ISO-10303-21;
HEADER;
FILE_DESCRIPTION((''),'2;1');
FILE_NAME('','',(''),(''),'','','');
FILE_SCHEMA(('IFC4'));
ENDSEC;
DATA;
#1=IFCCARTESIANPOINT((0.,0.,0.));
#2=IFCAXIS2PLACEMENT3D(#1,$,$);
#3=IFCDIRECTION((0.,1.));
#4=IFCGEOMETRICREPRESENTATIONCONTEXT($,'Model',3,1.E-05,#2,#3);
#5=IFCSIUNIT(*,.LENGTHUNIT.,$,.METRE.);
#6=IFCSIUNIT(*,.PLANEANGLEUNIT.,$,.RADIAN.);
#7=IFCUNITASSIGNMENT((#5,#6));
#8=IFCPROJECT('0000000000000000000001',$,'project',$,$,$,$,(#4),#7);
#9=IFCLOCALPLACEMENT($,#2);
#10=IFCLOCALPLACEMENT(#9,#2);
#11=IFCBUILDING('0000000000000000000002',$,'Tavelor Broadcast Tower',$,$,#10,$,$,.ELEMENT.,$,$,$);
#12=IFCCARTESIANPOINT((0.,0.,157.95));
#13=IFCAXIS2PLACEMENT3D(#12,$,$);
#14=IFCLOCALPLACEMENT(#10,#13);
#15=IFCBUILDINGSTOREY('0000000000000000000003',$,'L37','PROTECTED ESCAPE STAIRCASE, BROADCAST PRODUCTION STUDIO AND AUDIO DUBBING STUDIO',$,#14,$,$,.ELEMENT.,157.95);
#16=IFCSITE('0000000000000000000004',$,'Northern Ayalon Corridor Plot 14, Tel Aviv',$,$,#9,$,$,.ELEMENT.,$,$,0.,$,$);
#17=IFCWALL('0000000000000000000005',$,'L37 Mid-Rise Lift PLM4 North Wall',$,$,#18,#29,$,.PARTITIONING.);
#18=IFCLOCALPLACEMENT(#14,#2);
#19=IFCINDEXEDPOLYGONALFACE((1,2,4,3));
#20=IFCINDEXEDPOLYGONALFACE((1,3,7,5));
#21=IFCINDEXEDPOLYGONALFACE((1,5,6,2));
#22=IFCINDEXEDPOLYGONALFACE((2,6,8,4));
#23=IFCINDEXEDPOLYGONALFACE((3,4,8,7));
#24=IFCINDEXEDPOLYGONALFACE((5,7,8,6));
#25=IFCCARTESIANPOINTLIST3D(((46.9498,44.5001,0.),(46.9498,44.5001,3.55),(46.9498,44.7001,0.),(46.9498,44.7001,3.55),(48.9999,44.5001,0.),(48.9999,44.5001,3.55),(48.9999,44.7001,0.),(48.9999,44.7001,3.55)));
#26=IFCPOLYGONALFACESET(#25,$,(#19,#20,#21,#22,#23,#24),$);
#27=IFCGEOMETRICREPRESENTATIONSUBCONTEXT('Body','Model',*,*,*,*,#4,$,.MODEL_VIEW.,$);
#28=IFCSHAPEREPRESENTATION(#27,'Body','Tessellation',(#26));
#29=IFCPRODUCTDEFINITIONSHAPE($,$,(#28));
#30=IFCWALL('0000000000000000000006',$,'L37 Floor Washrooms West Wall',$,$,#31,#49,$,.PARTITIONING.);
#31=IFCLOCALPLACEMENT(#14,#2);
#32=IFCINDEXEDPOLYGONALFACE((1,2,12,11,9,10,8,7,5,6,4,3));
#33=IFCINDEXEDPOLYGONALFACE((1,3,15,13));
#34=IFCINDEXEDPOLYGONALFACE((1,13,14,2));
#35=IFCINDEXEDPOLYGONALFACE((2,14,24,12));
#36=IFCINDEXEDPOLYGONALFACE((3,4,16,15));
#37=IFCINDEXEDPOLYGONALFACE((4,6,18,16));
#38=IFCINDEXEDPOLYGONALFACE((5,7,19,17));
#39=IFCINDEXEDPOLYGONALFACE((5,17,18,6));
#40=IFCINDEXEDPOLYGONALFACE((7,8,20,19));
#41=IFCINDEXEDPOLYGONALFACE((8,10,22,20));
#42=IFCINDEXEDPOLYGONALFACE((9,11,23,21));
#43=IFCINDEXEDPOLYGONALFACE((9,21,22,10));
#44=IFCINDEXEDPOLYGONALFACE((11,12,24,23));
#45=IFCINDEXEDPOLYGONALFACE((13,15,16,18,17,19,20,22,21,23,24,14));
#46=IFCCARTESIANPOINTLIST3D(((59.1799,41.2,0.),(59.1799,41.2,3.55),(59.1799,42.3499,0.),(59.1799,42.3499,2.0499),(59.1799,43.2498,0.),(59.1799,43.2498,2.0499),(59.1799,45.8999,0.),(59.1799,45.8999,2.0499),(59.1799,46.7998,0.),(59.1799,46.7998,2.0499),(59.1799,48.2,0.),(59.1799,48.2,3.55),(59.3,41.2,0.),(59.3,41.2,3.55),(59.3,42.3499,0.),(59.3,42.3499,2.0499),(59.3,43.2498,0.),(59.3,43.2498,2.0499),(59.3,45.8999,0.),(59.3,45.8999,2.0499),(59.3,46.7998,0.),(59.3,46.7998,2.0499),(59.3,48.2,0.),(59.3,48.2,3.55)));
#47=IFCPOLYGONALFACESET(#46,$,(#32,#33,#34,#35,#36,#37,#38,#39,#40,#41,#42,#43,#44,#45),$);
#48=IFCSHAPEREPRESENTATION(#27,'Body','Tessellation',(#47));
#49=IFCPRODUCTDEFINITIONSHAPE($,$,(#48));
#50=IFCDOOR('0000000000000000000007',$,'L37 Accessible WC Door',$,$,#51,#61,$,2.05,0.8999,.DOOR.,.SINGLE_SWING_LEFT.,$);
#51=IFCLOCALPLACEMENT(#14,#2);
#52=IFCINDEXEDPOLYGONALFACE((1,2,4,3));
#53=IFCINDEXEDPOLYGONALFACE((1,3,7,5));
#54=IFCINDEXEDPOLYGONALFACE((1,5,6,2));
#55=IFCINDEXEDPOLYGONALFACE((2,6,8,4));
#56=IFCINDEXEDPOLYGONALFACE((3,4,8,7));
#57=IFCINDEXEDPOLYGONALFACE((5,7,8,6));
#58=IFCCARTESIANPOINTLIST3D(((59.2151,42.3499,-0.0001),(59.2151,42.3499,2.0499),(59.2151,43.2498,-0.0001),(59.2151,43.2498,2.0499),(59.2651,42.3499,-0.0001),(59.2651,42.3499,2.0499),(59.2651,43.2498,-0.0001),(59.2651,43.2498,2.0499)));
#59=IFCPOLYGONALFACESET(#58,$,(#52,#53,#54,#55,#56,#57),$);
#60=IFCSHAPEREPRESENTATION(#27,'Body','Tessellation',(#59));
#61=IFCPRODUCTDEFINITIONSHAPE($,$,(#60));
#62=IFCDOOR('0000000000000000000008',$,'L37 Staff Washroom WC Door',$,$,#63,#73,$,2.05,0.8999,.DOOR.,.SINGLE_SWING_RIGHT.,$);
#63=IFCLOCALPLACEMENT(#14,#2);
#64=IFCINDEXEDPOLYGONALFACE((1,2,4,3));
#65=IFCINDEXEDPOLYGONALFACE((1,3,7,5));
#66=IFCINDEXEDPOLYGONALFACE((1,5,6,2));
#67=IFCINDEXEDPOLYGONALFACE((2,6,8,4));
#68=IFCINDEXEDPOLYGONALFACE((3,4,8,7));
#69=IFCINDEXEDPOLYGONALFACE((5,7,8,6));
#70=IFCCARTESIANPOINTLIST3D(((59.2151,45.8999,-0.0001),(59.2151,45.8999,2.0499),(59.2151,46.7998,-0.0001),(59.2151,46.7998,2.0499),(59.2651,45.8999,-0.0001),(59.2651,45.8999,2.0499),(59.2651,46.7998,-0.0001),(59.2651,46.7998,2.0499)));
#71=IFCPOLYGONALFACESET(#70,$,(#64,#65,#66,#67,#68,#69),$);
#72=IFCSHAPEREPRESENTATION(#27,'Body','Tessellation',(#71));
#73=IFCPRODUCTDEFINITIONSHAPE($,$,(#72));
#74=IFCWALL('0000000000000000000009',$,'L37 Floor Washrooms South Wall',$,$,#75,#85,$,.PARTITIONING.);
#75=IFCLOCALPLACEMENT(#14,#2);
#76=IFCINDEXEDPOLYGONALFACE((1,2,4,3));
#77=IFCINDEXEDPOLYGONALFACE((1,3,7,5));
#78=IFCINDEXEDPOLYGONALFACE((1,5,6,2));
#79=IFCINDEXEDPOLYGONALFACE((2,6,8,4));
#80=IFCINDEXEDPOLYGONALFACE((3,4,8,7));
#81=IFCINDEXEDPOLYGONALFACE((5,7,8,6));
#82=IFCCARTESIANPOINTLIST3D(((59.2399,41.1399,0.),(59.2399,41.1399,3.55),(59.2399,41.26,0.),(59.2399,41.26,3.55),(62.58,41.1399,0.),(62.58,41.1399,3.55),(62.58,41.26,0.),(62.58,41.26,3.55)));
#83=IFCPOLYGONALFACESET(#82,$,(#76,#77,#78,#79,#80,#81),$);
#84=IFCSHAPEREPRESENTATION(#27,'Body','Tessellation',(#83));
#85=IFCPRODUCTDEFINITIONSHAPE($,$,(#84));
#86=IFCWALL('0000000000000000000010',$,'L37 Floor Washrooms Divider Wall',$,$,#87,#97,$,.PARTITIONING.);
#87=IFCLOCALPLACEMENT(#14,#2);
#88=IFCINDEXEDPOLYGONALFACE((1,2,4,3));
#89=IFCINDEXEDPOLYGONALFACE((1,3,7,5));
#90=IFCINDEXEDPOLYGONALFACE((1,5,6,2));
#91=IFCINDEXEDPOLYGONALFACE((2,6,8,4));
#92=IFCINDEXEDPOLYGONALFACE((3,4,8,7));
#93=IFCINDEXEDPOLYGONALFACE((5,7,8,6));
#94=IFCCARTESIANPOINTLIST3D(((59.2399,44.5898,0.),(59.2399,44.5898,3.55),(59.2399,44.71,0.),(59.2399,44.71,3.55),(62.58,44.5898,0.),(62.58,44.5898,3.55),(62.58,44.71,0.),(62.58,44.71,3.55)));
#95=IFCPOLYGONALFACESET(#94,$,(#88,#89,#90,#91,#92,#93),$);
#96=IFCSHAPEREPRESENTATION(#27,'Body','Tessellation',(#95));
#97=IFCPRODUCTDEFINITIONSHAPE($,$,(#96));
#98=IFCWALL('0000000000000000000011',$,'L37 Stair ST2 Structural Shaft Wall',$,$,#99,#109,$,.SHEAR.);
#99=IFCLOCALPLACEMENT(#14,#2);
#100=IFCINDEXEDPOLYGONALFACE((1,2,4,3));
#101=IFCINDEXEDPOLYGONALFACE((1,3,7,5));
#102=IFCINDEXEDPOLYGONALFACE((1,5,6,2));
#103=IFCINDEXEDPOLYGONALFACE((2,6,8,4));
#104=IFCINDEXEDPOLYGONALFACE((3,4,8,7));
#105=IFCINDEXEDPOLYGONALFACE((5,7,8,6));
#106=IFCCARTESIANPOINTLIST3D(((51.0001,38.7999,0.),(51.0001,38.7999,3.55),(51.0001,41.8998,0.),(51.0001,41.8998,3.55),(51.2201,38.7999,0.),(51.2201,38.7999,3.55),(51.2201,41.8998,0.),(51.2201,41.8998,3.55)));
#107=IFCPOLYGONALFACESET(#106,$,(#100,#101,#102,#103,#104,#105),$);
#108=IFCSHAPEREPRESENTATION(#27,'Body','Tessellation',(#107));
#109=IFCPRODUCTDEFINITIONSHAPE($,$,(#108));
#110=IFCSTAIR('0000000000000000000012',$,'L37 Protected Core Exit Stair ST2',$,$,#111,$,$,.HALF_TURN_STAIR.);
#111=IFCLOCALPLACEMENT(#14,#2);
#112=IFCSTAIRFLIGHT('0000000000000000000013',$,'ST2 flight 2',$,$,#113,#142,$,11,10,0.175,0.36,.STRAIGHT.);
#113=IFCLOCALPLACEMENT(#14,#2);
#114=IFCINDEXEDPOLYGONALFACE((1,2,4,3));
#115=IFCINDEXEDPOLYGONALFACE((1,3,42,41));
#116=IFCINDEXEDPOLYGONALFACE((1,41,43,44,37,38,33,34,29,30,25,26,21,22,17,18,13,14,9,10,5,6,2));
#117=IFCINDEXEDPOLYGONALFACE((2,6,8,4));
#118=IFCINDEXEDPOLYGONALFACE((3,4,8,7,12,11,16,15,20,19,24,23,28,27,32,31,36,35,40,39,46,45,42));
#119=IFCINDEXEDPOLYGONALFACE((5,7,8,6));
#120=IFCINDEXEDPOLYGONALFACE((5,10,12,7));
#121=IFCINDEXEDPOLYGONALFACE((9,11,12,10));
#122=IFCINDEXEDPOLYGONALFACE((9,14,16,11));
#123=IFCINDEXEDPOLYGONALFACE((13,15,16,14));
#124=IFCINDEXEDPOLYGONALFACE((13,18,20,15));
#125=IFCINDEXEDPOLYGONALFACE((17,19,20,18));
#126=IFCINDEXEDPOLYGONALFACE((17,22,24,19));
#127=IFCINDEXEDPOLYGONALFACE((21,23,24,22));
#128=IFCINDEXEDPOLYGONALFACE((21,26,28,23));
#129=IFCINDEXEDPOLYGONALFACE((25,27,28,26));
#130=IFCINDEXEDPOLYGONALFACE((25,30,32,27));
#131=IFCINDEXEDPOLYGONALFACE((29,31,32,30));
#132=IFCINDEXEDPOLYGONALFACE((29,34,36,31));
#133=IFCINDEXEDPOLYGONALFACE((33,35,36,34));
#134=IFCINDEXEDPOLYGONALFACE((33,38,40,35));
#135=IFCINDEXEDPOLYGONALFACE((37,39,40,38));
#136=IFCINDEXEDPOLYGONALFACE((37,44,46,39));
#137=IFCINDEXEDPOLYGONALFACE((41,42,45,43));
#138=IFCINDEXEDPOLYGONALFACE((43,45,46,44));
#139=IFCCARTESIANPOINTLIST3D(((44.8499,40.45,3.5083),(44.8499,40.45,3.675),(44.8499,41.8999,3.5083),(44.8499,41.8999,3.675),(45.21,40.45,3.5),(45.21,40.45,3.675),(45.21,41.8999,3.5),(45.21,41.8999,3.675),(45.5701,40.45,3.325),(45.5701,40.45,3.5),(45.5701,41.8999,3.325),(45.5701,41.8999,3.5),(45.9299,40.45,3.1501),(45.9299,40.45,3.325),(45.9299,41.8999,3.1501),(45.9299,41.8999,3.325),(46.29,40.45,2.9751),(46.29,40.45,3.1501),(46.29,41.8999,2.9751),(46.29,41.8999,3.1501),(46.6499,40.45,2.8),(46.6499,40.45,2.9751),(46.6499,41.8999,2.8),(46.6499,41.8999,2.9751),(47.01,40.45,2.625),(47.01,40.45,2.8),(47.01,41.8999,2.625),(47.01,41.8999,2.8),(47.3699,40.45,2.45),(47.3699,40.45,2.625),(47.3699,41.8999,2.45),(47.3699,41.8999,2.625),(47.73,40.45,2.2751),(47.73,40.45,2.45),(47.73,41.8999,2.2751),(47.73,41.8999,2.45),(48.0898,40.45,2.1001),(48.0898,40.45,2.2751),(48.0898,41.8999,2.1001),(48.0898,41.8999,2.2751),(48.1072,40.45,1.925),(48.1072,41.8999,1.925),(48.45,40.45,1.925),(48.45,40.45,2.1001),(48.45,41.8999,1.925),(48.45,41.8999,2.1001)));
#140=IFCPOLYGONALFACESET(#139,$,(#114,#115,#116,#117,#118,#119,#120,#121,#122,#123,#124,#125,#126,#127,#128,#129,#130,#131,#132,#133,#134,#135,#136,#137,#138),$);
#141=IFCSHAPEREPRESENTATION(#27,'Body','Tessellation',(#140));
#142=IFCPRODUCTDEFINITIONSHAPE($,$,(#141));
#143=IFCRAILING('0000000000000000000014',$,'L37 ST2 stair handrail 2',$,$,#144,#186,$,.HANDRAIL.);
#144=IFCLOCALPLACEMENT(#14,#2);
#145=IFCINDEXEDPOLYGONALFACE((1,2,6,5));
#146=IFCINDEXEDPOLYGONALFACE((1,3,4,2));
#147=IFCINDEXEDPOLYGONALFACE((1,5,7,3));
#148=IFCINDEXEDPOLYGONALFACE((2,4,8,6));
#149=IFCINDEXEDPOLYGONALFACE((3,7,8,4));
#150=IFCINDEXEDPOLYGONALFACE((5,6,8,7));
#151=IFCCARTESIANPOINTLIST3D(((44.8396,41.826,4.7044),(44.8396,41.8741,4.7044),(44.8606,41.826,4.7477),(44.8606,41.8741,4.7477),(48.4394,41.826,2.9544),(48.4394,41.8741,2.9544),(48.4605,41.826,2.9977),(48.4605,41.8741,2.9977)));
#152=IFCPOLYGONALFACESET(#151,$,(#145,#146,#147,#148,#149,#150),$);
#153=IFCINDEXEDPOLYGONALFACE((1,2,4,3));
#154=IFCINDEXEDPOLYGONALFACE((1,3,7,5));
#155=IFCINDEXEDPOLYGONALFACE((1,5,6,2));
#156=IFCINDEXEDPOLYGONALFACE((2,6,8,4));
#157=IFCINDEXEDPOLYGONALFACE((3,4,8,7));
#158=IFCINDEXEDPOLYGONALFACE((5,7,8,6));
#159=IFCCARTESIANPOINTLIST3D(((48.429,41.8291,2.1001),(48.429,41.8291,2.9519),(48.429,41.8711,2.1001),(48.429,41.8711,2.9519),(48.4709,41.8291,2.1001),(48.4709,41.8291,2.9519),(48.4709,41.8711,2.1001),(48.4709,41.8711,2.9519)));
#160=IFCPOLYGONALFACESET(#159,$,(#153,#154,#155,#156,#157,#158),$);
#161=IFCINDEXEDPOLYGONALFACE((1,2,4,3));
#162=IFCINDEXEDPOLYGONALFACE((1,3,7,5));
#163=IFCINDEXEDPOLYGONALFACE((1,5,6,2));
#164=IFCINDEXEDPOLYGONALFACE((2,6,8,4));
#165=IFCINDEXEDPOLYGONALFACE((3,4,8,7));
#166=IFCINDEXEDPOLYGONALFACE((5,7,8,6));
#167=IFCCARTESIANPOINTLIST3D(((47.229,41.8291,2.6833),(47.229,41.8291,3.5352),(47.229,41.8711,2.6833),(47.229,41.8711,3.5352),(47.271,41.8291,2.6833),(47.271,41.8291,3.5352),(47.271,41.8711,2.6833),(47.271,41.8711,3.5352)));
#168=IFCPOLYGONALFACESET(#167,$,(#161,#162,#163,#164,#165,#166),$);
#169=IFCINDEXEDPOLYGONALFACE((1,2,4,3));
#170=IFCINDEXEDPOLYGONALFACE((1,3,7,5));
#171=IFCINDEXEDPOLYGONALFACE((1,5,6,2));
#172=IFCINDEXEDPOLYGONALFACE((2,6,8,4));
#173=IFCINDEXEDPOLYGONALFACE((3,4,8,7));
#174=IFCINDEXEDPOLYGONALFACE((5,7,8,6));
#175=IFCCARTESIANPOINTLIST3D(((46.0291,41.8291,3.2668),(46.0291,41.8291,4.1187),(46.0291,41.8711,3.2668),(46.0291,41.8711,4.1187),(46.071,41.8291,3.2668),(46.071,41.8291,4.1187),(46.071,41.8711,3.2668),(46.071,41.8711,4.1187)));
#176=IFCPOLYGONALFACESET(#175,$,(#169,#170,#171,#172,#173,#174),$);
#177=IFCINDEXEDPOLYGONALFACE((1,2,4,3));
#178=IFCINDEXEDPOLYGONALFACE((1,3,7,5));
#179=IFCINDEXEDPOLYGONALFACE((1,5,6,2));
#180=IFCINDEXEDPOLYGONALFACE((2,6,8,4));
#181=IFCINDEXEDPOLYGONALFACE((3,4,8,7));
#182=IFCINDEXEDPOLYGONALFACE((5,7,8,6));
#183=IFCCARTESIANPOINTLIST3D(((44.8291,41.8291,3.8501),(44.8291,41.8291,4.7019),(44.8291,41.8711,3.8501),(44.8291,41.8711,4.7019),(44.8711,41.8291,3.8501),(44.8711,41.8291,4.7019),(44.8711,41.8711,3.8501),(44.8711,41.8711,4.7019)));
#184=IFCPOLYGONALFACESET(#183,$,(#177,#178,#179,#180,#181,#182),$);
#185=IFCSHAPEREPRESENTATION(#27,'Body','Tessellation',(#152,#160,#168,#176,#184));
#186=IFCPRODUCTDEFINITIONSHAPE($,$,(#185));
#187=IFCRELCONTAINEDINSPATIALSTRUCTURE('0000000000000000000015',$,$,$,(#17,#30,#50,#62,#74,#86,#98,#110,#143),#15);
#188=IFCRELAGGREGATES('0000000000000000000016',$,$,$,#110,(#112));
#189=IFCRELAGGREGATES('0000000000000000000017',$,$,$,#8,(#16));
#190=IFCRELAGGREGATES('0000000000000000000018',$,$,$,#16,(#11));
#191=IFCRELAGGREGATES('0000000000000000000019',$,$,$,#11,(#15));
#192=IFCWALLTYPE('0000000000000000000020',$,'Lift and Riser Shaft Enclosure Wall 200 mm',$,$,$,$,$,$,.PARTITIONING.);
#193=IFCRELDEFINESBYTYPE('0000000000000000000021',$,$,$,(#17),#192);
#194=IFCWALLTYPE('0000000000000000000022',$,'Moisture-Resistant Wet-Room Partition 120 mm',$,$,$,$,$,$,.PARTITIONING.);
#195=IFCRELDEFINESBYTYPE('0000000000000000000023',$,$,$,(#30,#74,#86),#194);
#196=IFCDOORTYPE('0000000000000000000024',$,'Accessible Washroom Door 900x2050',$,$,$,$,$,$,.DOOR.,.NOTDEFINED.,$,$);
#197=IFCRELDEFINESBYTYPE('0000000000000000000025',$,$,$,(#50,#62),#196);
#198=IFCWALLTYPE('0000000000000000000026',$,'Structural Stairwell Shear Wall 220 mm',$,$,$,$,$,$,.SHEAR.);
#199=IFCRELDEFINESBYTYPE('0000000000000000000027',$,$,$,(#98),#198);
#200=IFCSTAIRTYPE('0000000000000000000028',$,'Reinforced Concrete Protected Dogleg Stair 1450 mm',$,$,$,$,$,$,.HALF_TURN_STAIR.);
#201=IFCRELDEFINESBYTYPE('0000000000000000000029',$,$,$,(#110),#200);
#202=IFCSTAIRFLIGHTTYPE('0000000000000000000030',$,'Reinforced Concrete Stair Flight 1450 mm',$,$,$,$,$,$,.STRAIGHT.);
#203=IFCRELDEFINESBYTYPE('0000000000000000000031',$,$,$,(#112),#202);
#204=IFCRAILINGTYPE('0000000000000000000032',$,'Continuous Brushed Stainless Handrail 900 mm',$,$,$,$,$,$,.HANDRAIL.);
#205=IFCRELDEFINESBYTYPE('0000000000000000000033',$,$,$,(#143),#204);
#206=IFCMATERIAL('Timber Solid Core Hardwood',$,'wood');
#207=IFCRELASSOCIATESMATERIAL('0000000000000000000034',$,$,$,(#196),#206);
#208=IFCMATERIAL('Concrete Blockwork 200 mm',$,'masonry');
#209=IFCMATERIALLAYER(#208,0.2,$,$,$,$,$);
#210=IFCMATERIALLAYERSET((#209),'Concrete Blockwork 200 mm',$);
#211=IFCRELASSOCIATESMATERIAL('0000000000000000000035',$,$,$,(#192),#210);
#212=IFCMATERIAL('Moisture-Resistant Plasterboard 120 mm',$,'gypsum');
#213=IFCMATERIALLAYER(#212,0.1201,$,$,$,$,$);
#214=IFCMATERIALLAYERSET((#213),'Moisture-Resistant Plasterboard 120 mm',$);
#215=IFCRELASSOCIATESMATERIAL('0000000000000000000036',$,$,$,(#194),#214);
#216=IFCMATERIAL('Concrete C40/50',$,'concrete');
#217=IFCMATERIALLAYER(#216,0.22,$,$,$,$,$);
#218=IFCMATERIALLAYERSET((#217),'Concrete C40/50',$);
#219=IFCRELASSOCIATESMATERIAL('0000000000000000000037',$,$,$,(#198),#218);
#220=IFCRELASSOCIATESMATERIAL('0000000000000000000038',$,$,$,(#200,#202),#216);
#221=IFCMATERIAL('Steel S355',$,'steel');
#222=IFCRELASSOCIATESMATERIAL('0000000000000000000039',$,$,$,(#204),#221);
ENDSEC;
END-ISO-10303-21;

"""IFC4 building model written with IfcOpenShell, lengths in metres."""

from ifc_helpers import new_model, si_unit, direction, frame, frame_2d, origin, origin_2d, place, context, subcontext, project, spatial, polyline, rectangle, outline, extrude, material, layer, layer_set, type_object, element, fill, aggregate, save


model = new_model("IFC4")

# Units and contexts
model_context = context("Model", 3, precision=1e-05, world=origin(), true_north=direction((0.0, 1.0)))
body_context = subcontext(model_context, "Body", "Model", "MODEL_VIEW")
ifc_project = project(units=[si_unit("LENGTHUNIT", "METRE"), si_unit("PLANEANGLEUNIT", "RADIAN")], contexts=[model_context])

# Site, building, storey
site_placement = place(None, origin())
site = spatial("IfcSite", under=ifc_project, at=site_placement, Name="Northern Ayalon Corridor Plot 14, Tel Aviv", CompositionType="ELEMENT", RefElevation=0.0)
building_placement = place(site_placement, origin())
building = spatial("IfcBuilding", under=site, at=building_placement, Name="Tavelor Broadcast Tower", CompositionType="ELEMENT")
storey_placement = place(building_placement, frame((0.0, 0.0, 157.95)))
storey = spatial("IfcBuildingStorey", under=building, at=storey_placement, Name="L37", Description="PROTECTED ESCAPE STAIRCASE, BROADCAST PRODUCTION STUDIO AND AUDIO DUBBING STUDIO", CompositionType="ELEMENT", Elevation=157.95)

# Shared definitions
ifc_material_1 = material(Name="Concrete C40/50", Category="concrete")
ifc_material_2 = material(Name="Steel S355", Category="steel")

# Shared definitions
ifc_material_3 = material(Name="Timber Solid Core Hardwood", Category="wood")
door_type_1 = type_object("IfcDoorType", Name="Accessible Washroom Door 900x2050", OperationType="NOTDEFINED", PredefinedType="DOOR", material=ifc_material_3)

# Shared definitions
ifc_material_4 = material(Name="Concrete Blockwork 200 mm", Category="masonry")

# Wall
ifc_layer_1 = layer(ifc_material_4, 0.2)
ifc_layer_set_1 = layer_set([ifc_layer_1], Name="Concrete Blockwork 200 mm")
wall_type_1 = type_object("IfcWallType", Name="Lift and Riser Shaft Enclosure Wall 200 mm", PredefinedType="PARTITIONING", material=ifc_layer_set_1)
wall_1_placement = place(storey_placement, frame((46.95, 44.6001, 0.0), z_axis=(0.0, 0.0, 1.0), x_axis=(1.0, 0.0, 0.0)))
element("IfcWall", 1, at=wall_1_placement, inside=storey, type_object=wall_type_1, Name="L37 Mid-Rise Lift PLM4 North Wall", PredefinedType="PARTITIONING", context=body_context, shape_type="SweptSolid", body=[
    extrude(rectangle(XDim=2.05, YDim=0.2, at=frame_2d((1.0249, 0.0))), origin(), (0.0, 0.0, 1.0), 3.55),
])

# Wall, openings, doors
ifc_material_5 = material(Name="Moisture-Resistant Plasterboard 120 mm", Category="gypsum")
ifc_layer_2 = layer(ifc_material_5, 0.1201)
ifc_layer_set_2 = layer_set([ifc_layer_2], Name="Moisture-Resistant Plasterboard 120 mm")
wall_type_2 = type_object("IfcWallType", Name="Moisture-Resistant Wet-Room Partition 120 mm", PredefinedType="PARTITIONING", material=ifc_layer_set_2)
wall_2_placement = place(storey_placement, frame((59.24, 41.2, 0.0), z_axis=(0.0, 0.0, 1.0), x_axis=(0.0, 1.0, 0.0)))
wall_2 = element("IfcWall", 2, at=wall_2_placement, inside=storey, type_object=wall_type_2, Name="L37 Floor Washrooms West Wall", PredefinedType="PARTITIONING", context=body_context, shape_type="SweptSolid", body=[
    extrude(rectangle(XDim=7.0, YDim=0.1201, at=frame_2d((3.5, 0.0))), origin(), (0.0, 0.0, 1.0), 3.55),
])
opening_1_placement = place(wall_2_placement, frame((1.1499, 0.0, 0.0)))
opening_1 = element("IfcOpeningElement", 3, at=opening_1_placement, cuts=wall_2, PredefinedType="OPENING", context=body_context, shape_type="SweptSolid", body=[
    extrude(rectangle(XDim=0.8999, YDim=2.05, at=frame_2d((0.45, 1.0249))), frame((0.0, 0.0701, 0.0), z_axis=(0.0, -1.0, 0.0), x_axis=(1.0, 0.0, 0.0)), (0.0, 0.0, 1.0), 0.1401),
])
opening_2_placement = place(wall_2_placement, frame((4.7, 0.0, 0.0)))
opening_2 = element("IfcOpeningElement", 4, at=opening_2_placement, cuts=wall_2, PredefinedType="OPENING", context=body_context, shape_type="SweptSolid", body=[
    extrude(rectangle(XDim=0.8999, YDim=2.05, at=frame_2d((0.45, 1.0249))), frame((0.0, 0.0701, 0.0), z_axis=(0.0, -1.0, 0.0), x_axis=(1.0, 0.0, 0.0)), (0.0, 0.0, 1.0), 0.1401),
])
door_1_placement = place(opening_1_placement, origin())
door_1 = element("IfcDoor", 5, at=door_1_placement, inside=storey, type_object=door_type_1, Name="L37 Accessible WC Door", OperationType="SINGLE_SWING_LEFT", OverallHeight=2.05, OverallWidth=0.8999, PredefinedType="DOOR", context=body_context, shape_type="SweptSolid", body=[
    extrude(rectangle(XDim=0.8999, YDim=2.05, at=frame_2d((0.45, 1.0249))), frame((0.0, 0.0249, 0.0), z_axis=(0.0, -1.0, 0.0), x_axis=(1.0, 0.0, 0.0)), (0.0, 0.0, 1.0), 0.05),
])
fill(opening_1, door_1)
door_2_placement = place(opening_2_placement, origin())
door_2 = element("IfcDoor", 6, at=door_2_placement, inside=storey, type_object=door_type_1, Name="L37 Staff Washroom WC Door", OperationType="SINGLE_SWING_RIGHT", OverallHeight=2.05, OverallWidth=0.8999, PredefinedType="DOOR", context=body_context, shape_type="SweptSolid", body=[
    extrude(rectangle(XDim=0.8999, YDim=2.05, at=frame_2d((0.45, 1.0249))), frame((0.0, 0.0249, 0.0), z_axis=(0.0, -1.0, 0.0), x_axis=(1.0, 0.0, 0.0)), (0.0, 0.0, 1.0), 0.05),
])
fill(opening_2, door_2)

# Walls
for number, where, z_axis, x_axis, name in (
    (7, (59.24, 41.2, 0.0), (0.0, 0.0, 1.0), (1.0, 0.0, 0.0), "L37 Floor Washrooms South Wall"),
    (8, (59.24, 44.6499, 0.0), (0.0, 0.0, 1.0), (1.0, 0.0, 0.0), "L37 Floor Washrooms Divider Wall"),
):
    element("IfcWall", number, at=place(storey_placement, frame(where, z_axis=z_axis, x_axis=x_axis)), inside=storey, type_object=wall_type_2, Name=name, PredefinedType="PARTITIONING", context=body_context, shape_type="SweptSolid", body=[
        extrude(rectangle(XDim=3.3401, YDim=0.1201, at=frame_2d((1.6699, 0.0))), origin(), (0.0, 0.0, 1.0), 3.55),
    ])
ifc_layer_3 = layer(ifc_material_1, 0.22)
ifc_layer_set_3 = layer_set([ifc_layer_3], Name="Concrete C40/50")
wall_type_3 = type_object("IfcWallType", Name="Structural Stairwell Shear Wall 220 mm", PredefinedType="SHEAR", material=ifc_layer_set_3)
wall_3_placement = place(storey_placement, frame((51.1101, 38.8, 0.0), z_axis=(0.0, 0.0, 1.0), x_axis=(0.0, 1.0, 0.0)))
element("IfcWall", 9, at=wall_3_placement, inside=storey, type_object=wall_type_3, Name="L37 Stair ST2 Structural Shaft Wall", PredefinedType="SHEAR", context=body_context, shape_type="SweptSolid", body=[
    extrude(rectangle(XDim=3.0999, YDim=0.22, at=frame_2d((1.5498, 0.0))), origin(), (0.0, 0.0, 1.0), 3.55),
])

# Stair, stair flight
stair_type = type_object("IfcStairType", Name="Reinforced Concrete Protected Dogleg Stair 1450 mm", PredefinedType="HALF_TURN_STAIR", material=ifc_material_1)
stair_placement = place(storey_placement, origin())
stair = element("IfcStair", 10, at=stair_placement, inside=storey, type_object=stair_type, Name="L37 Protected Core Exit Stair ST2", PredefinedType="HALF_TURN_STAIR")
stair_flight_type = type_object("IfcStairFlightType", Name="Reinforced Concrete Stair Flight 1450 mm", PredefinedType="STRAIGHT", material=ifc_material_1)
stair_flight_placement = place(storey_placement, frame((48.45, 41.175, 1.925), z_axis=(0.0, 0.0, 1.0), x_axis=(-1.0, 0.0, 0.0)))
stair_flight = element("IfcStairFlight", 11, at=stair_flight_placement, type_object=stair_flight_type, Name="ST2 flight 2", NumberOfRisers=11, NumberOfTreads=10, PredefinedType="STRAIGHT", RiserHeight=0.175, TreadLength=0.36, context=body_context, shape_type="SweptSolid", body=[
    extrude(outline(polyline([(0.0, 0.0), (0.0, 0.175), (0.3601, 0.175), (0.3601, 0.3501), (0.72, 0.3501), (0.72, 0.5249), (1.0801, 0.5249), (1.0801, 0.7), (1.4399, 0.7), (1.4399, 0.875), (1.8, 0.875), (1.8, 1.05), (2.1599, 1.05), (2.1599, 1.2251), (2.52, 1.2251), (2.52, 1.3999), (2.8799, 1.3999), (2.8799, 1.575), (3.24, 1.575), (3.24, 1.75), (3.6001, 1.75), (3.6001, 1.925), (3.6001, 1.5833), (0.3428, 0.0), (0.0, 0.0)])), frame((0.0, 0.7251, 0.0), z_axis=(0.0, -1.0, 0.0), x_axis=(1.0, 0.0, 0.0)), (0.0, 0.0, 1.0), 1.45),
])
aggregate(stair, [stair_flight])

# Railing
railing_type_1 = type_object("IfcRailingType", Name="Continuous Brushed Stainless Handrail 900 mm", PredefinedType="HANDRAIL", material=ifc_material_2)
railing_1_placement = place(storey_placement, frame((48.45, 41.8501, 2.1001)))
element("IfcRailing", 12, at=railing_1_placement, inside=storey, type_object=railing_type_1, Name="L37 ST2 stair handrail 2", PredefinedType="HANDRAIL", context=body_context, shape_type="SweptSolid", body=[
    extrude(rectangle(XDim=0.0481, YDim=0.0481, at=origin_2d()), frame((0.0, 0.0, 0.876), z_axis=(-0.899361, 0.0, 0.437207), x_axis=(0.0, -1.0, 0.0)), (0.0, 0.0, 1.0), 4.0027),
    extrude(rectangle(XDim=0.042, YDim=0.042, at=origin_2d()), origin(), (0.0, 0.0, 1.0), 0.8518),
    extrude(rectangle(XDim=0.042, YDim=0.042, at=origin_2d()), frame((-1.2, 0.0, 0.5833)), (0.0, 0.0, 1.0), 0.8518),
    extrude(rectangle(XDim=0.042, YDim=0.042, at=origin_2d()), frame((-2.3999, 0.0, 1.1667)), (0.0, 0.0, 1.0), 0.8518),
    extrude(rectangle(XDim=0.042, YDim=0.042, at=origin_2d()), frame((-3.5999, 0.0, 1.75)), (0.0, 0.0, 1.0), 0.8518),
])

save(model, "model.ifc")
